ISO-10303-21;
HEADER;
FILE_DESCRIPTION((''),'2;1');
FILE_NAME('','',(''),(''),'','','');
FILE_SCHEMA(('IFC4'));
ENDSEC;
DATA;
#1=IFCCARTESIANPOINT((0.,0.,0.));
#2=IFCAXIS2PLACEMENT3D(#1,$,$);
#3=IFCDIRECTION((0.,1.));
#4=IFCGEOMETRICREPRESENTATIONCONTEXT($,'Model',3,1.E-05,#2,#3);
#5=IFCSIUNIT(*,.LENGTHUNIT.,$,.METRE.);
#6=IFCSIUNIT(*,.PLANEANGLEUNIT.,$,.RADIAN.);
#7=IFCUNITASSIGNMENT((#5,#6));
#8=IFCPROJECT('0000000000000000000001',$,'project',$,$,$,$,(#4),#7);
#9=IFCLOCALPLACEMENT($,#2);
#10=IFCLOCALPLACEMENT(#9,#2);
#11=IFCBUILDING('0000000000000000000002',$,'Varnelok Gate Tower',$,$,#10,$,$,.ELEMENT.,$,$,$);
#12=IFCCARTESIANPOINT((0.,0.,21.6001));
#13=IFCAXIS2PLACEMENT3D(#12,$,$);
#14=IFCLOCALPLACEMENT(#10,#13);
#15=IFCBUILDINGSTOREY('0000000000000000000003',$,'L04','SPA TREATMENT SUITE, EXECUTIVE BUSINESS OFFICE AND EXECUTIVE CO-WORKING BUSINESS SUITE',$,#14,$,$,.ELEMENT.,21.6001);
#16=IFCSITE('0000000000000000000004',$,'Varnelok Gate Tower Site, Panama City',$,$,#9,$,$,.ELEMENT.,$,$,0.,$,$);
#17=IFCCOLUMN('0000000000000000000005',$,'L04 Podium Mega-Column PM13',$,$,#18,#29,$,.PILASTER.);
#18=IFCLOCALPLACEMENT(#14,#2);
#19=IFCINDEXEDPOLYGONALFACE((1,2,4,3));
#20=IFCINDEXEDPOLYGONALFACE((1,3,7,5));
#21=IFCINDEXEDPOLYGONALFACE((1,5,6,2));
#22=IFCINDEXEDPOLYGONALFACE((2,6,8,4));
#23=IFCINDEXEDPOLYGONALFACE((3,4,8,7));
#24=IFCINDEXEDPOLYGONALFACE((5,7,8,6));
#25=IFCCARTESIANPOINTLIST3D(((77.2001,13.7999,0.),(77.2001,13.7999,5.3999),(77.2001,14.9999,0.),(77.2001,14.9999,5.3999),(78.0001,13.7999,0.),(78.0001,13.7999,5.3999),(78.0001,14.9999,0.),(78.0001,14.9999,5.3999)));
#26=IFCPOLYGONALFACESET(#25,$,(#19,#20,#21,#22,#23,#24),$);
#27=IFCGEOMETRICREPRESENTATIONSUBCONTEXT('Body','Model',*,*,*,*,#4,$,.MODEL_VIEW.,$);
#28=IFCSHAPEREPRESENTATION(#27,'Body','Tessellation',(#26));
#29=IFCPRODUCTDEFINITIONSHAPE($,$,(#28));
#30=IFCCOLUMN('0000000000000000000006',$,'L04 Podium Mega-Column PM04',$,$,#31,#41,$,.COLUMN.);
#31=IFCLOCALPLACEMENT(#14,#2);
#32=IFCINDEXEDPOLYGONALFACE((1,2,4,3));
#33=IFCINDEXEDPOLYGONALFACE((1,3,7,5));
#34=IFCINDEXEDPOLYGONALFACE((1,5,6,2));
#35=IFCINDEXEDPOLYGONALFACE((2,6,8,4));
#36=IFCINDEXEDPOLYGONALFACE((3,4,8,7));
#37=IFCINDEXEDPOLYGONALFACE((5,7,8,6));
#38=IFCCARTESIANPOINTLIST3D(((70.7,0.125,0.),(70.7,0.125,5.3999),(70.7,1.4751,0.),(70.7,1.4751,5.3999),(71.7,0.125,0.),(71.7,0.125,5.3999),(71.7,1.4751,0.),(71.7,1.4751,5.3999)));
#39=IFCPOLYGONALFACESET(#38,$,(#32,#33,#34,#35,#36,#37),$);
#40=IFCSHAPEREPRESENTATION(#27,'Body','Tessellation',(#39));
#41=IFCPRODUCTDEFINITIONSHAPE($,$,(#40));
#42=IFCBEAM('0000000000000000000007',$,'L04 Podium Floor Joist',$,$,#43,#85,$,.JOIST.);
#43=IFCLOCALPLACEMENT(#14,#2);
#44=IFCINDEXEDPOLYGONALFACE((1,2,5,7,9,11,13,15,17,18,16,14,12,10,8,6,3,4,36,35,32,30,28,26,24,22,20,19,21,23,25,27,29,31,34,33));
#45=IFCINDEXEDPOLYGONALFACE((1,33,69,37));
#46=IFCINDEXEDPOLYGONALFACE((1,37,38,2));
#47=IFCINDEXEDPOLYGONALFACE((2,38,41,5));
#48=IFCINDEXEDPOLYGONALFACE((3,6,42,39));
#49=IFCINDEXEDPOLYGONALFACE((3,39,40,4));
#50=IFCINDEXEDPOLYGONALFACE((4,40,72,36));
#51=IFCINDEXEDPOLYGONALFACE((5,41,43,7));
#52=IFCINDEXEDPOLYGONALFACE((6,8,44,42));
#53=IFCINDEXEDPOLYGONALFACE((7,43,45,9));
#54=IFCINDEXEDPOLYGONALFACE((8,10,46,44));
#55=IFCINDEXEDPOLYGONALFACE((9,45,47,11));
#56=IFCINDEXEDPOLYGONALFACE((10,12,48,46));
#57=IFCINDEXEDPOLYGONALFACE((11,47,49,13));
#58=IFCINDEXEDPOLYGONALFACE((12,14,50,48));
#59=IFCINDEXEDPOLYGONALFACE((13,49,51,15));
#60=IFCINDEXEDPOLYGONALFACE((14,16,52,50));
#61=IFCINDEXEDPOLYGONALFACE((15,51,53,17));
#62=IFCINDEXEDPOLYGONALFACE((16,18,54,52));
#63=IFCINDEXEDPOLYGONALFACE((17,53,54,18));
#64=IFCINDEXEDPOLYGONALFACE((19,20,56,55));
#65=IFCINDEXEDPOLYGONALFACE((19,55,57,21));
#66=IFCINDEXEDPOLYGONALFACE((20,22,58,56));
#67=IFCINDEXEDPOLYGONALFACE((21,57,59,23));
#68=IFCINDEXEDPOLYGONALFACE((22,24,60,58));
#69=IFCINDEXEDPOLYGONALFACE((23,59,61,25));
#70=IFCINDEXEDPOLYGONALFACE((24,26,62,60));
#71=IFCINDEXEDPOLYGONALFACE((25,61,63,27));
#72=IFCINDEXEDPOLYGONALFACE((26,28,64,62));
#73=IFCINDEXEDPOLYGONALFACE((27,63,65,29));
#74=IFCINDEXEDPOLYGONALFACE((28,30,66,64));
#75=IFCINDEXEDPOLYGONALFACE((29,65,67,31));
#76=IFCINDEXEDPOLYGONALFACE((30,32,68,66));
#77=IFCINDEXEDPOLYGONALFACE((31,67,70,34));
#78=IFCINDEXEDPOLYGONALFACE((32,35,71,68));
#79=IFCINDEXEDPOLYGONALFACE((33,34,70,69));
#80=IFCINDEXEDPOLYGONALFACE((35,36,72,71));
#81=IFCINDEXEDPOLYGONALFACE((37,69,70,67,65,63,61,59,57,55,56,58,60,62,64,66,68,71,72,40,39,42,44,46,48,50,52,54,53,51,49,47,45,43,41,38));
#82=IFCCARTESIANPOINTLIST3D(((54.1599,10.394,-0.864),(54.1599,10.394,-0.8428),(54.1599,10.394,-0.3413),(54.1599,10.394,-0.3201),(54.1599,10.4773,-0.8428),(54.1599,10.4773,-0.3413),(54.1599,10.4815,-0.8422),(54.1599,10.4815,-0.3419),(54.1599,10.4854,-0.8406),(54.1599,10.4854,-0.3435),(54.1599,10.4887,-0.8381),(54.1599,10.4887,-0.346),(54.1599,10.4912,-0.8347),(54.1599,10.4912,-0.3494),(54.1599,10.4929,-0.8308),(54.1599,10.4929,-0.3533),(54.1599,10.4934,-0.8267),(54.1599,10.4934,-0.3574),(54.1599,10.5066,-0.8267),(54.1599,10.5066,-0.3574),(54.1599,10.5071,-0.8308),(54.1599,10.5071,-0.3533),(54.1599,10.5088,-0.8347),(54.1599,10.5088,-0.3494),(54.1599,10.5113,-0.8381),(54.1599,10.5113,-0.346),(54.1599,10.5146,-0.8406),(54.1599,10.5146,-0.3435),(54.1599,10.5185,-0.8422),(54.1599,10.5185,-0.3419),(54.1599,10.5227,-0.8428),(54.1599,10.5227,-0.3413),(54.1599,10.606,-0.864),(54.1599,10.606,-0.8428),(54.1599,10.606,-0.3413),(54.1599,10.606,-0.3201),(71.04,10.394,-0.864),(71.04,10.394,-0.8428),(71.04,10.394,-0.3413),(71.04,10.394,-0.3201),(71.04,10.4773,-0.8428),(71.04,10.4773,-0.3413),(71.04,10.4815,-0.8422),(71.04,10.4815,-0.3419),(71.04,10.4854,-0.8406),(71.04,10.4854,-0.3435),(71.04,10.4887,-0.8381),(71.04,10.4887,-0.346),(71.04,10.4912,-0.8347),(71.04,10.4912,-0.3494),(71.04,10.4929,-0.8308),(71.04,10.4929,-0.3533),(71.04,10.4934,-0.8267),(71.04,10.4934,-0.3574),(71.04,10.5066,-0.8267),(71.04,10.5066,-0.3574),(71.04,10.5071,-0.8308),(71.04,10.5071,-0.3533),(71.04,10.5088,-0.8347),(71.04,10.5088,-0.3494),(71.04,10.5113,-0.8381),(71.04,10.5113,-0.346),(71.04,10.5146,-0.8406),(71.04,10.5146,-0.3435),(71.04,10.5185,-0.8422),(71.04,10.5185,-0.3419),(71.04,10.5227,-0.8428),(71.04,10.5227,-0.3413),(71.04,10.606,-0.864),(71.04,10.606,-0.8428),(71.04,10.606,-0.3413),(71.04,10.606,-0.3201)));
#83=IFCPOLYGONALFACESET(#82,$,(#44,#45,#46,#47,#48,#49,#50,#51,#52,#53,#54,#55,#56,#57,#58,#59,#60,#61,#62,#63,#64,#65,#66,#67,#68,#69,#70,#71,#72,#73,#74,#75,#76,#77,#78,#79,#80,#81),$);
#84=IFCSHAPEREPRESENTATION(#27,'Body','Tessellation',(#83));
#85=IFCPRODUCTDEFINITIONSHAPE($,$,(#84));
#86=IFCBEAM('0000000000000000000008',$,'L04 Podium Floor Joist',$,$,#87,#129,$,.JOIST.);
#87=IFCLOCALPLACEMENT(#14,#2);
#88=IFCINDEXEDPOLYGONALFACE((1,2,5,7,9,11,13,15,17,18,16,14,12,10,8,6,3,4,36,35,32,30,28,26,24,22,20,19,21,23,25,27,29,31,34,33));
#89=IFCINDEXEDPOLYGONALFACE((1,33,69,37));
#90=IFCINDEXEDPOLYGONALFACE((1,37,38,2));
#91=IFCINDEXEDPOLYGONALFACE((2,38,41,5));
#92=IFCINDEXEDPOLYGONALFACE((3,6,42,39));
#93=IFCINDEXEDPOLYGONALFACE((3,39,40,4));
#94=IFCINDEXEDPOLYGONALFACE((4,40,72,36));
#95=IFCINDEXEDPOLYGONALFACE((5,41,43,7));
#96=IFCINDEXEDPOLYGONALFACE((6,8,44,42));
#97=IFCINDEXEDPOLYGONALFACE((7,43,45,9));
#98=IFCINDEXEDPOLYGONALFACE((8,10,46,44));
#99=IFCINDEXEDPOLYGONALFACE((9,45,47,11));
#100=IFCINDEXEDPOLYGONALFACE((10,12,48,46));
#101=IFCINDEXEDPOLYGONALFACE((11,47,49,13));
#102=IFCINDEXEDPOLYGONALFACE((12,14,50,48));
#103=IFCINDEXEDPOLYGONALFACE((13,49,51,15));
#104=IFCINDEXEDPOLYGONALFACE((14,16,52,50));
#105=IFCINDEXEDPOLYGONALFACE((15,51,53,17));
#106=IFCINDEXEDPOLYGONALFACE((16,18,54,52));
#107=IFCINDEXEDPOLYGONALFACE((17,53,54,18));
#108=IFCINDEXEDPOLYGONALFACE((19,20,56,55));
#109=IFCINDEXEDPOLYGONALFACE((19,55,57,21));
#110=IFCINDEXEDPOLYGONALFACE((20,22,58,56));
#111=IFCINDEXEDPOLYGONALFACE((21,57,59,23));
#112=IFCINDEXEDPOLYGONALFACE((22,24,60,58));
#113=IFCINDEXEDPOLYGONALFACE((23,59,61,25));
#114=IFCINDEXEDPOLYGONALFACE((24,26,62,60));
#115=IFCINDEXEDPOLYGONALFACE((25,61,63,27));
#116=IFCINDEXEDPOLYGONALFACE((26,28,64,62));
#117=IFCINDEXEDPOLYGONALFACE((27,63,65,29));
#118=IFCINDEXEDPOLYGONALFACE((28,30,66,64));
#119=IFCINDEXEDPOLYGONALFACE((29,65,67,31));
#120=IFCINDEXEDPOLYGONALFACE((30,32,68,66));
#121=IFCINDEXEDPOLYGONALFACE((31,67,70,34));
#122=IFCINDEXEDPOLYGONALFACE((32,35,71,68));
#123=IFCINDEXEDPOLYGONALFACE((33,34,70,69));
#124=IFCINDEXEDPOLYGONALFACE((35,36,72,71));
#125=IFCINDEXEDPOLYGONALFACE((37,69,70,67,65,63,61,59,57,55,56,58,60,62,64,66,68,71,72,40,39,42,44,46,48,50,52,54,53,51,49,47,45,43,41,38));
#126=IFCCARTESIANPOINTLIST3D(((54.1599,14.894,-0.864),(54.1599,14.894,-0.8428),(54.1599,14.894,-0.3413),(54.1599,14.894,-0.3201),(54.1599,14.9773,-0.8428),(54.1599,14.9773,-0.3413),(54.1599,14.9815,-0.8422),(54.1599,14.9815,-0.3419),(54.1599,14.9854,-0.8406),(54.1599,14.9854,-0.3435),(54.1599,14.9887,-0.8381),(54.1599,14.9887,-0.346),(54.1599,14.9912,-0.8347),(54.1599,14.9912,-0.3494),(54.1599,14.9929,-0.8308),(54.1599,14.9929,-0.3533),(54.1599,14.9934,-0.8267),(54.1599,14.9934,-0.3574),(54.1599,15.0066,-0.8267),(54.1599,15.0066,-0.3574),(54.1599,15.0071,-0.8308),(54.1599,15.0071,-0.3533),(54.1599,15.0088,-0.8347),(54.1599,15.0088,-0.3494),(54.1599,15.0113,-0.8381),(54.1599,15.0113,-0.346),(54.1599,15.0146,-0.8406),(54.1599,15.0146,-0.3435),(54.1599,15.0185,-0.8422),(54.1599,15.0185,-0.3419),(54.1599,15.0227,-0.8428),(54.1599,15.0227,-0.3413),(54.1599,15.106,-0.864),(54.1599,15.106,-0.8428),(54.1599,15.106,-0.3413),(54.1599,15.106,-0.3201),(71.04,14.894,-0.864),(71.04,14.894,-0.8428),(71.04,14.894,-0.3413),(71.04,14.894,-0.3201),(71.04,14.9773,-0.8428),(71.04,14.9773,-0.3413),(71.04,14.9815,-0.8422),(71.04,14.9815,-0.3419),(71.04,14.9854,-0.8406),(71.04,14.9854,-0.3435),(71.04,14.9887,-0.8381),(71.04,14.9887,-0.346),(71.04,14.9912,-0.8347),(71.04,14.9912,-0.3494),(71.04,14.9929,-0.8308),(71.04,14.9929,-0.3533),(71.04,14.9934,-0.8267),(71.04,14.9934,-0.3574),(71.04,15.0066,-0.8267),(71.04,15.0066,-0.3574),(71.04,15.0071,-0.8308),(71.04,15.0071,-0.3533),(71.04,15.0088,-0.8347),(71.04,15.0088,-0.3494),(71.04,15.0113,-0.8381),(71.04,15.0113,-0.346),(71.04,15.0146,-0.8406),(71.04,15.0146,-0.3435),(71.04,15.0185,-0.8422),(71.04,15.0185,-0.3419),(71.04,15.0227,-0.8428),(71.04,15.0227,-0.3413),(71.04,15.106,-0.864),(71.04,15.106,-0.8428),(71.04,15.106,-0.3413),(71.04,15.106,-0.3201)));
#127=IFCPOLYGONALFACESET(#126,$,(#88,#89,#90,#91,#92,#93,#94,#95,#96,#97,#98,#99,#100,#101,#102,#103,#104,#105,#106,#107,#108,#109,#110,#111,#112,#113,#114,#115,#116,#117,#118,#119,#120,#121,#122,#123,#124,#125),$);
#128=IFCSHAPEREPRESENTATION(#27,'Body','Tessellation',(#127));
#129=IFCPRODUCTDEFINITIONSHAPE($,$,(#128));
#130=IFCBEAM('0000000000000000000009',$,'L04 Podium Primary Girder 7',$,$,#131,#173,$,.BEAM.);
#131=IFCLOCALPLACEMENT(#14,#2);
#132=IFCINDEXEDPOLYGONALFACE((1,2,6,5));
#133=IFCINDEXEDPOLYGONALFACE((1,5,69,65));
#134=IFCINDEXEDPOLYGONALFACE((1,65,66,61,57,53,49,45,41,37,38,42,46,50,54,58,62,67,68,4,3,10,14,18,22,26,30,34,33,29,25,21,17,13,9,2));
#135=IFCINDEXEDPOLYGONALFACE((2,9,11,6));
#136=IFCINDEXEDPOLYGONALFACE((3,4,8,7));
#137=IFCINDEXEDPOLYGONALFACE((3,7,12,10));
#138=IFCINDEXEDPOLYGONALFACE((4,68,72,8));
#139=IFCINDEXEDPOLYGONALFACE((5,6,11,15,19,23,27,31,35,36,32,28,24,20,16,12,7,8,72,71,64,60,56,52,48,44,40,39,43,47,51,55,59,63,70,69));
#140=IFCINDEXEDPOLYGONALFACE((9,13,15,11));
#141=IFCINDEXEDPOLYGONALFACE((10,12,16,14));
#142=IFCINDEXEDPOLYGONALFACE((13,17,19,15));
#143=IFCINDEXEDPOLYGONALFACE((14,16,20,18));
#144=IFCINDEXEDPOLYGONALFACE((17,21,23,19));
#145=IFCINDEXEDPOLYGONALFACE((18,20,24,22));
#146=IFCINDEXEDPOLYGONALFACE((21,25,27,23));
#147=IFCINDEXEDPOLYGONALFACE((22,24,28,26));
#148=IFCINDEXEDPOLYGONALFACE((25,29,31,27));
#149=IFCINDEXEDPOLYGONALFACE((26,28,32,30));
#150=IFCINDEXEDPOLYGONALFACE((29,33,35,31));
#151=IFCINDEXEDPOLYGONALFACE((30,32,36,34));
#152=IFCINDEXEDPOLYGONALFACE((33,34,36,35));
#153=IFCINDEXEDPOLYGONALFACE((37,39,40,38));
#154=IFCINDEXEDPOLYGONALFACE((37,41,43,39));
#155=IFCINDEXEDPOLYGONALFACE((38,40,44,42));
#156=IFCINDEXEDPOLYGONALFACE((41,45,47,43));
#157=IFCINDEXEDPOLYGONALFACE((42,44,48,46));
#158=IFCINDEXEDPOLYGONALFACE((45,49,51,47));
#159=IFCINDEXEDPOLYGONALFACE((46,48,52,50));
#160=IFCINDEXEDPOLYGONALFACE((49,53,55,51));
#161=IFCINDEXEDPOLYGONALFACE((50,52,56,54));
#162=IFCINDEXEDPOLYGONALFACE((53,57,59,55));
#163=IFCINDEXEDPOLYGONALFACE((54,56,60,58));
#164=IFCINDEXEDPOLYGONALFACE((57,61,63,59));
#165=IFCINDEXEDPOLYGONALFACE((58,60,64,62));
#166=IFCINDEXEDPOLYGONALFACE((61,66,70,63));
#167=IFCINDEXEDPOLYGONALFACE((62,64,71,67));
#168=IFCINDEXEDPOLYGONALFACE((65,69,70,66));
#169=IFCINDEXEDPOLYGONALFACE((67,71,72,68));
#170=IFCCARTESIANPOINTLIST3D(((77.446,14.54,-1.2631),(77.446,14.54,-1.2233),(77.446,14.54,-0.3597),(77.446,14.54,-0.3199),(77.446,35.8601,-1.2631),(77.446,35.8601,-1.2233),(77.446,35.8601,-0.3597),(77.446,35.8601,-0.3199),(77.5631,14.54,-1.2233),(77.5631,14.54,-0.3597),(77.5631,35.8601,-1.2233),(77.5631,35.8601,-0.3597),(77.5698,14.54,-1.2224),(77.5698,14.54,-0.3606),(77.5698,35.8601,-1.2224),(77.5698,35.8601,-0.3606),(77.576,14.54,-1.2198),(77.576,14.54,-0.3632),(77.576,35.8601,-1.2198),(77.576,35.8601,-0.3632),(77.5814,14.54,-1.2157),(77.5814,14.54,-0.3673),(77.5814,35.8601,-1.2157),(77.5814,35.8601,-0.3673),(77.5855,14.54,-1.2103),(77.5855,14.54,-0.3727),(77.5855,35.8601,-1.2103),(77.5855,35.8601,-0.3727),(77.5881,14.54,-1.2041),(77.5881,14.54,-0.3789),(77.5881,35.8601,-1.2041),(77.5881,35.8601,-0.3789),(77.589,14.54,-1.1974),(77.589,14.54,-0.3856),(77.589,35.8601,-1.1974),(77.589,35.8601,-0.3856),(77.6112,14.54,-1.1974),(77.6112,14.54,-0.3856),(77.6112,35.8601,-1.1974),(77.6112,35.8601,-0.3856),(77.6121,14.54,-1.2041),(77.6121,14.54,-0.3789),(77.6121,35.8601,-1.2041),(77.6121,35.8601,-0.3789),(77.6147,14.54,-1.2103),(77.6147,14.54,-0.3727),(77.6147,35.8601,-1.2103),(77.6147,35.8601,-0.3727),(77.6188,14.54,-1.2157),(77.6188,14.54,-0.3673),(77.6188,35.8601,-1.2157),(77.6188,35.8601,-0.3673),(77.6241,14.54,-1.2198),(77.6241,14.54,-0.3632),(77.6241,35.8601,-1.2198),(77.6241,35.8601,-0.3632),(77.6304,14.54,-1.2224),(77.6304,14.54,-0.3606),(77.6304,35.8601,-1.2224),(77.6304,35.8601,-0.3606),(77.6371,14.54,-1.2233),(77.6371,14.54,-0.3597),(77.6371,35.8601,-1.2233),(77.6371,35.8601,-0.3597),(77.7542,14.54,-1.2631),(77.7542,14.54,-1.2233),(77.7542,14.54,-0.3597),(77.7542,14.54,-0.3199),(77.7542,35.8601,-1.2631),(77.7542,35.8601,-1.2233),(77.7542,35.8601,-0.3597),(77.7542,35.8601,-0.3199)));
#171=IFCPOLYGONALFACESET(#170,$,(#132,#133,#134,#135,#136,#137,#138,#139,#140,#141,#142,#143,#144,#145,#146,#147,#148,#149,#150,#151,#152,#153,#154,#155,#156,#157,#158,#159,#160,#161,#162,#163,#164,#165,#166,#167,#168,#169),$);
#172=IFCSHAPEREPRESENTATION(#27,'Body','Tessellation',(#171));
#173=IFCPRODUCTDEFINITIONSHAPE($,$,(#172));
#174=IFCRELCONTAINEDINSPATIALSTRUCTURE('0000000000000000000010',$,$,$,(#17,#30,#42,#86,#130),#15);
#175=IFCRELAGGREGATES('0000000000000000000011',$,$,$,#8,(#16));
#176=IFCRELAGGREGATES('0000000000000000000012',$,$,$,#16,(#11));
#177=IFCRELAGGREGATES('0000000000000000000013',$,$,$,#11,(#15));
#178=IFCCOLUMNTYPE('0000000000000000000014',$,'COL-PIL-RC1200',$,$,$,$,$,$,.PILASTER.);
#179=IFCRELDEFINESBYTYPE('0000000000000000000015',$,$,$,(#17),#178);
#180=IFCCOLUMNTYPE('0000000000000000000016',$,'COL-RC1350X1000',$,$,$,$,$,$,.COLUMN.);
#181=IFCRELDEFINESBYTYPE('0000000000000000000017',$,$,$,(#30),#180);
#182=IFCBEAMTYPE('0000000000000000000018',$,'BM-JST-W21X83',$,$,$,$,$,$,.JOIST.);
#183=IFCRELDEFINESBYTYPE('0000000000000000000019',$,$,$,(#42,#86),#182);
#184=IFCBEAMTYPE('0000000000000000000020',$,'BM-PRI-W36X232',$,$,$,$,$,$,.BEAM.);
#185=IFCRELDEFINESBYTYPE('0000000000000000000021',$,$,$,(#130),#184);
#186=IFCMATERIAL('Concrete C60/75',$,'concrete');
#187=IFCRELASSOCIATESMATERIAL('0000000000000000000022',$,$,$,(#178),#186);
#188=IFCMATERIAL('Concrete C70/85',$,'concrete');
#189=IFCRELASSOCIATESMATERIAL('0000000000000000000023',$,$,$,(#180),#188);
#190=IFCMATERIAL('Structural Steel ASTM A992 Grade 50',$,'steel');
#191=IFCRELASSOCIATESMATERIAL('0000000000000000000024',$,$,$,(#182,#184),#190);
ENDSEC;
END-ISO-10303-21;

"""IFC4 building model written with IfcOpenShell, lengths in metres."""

from ifc_helpers import new_model, si_unit, direction, frame, origin, origin_2d, place, context, subcontext, project, spatial, rectangle, i_section, extrude, material, material_profile, profile_set, type_object, element, save


model = new_model("IFC4")

# Units and contexts
model_context = context("Model", 3, precision=1e-05, world=origin(), true_north=direction((0.0, 1.0)))
body_context = subcontext(model_context, "Body", "Model", "MODEL_VIEW")
ifc_project = project(units=[si_unit("LENGTHUNIT", "METRE"), si_unit("PLANEANGLEUNIT", "RADIAN")], contexts=[model_context])

# Site, building, storey
site_placement = place(None, origin())
site = spatial("IfcSite", under=ifc_project, at=site_placement, Name="Varnelok Gate Tower Site, Panama City", CompositionType="ELEMENT", RefElevation=0.0)
building_placement = place(site_placement, origin())
building = spatial("IfcBuilding", under=site, at=building_placement, Name="Varnelok Gate Tower", CompositionType="ELEMENT")
storey_placement = place(building_placement, frame((0.0, 0.0, 21.6001)))
storey = spatial("IfcBuildingStorey", under=building, at=storey_placement, Name="L04", Description="SPA TREATMENT SUITE, EXECUTIVE BUSINESS OFFICE AND EXECUTIVE CO-WORKING BUSINESS SUITE", CompositionType="ELEMENT", Elevation=21.6001)

# Columns
ifc_material_1 = material(Name="Concrete C60/75", Category="concrete")
ifc_material_profile_1 = material_profile(ifc_material_1, rectangle(XDim=0.8, YDim=1.2, at=origin_2d()), Name="RC1200X800")
ifc_profile_set_1 = profile_set([ifc_material_profile_1], Name="Concrete C60/75")
column_type_1 = type_object("IfcColumnType", Name="COL-PIL-RC1200", PredefinedType="PILASTER", material=ifc_profile_set_1)
column_1_placement = place(storey_placement, frame((77.6001, 14.3999, 0.0), z_axis=(0.0, 0.0, 1.0), x_axis=(1.0, 0.0, 0.0)))
element("IfcColumn", 1, at=column_1_placement, inside=storey, type_object=column_type_1, Name="L04 Podium Mega-Column PM13", PredefinedType="PILASTER", context=body_context, shape_type="SweptSolid", body=[
    extrude(rectangle(XDim=0.8, YDim=1.2, at=origin_2d()), origin(), (0.0, 0.0, 1.0), 5.3999),
])
ifc_material_2 = material(Name="Concrete C70/85", Category="concrete")
ifc_material_profile_2 = material_profile(ifc_material_2, rectangle(XDim=1.0, YDim=1.3501, at=origin_2d()), Name="RC1350X1000")
ifc_profile_set_2 = profile_set([ifc_material_profile_2], Name="Concrete C70/85")
column_type_2 = type_object("IfcColumnType", Name="COL-RC1350X1000", PredefinedType="COLUMN", material=ifc_profile_set_2)
column_2_placement = place(storey_placement, frame((71.2, 0.8, 0.0), z_axis=(0.0, 0.0, 1.0), x_axis=(1.0, 0.0, 0.0)))
element("IfcColumn", 2, at=column_2_placement, inside=storey, type_object=column_type_2, Name="L04 Podium Mega-Column PM04", PredefinedType="COLUMN", context=body_context, shape_type="SweptSolid", body=[
    extrude(rectangle(XDim=1.0, YDim=1.3501, at=origin_2d()), origin(), (0.0, 0.0, 1.0), 5.3999),
])

# Beams
ifc_material_3 = material(Name="Structural Steel ASTM A992 Grade 50", Category="steel")
ifc_material_profile_3 = material_profile(ifc_material_3, i_section(OverallWidth=0.2119, OverallDepth=0.5439, WebThickness=0.0132, FlangeThickness=0.0212, FilletRadius=0.0161, at=origin_2d()), Name="W21X83")
ifc_profile_set_3 = profile_set([ifc_material_profile_3], Name="Structural Steel ASTM A992 Grade 50")
beam_type_1 = type_object("IfcBeamType", Name="BM-JST-W21X83", PredefinedType="JOIST", material=ifc_profile_set_3)
for number, where, z_axis, x_axis, name in (
    (3, (54.1599, 10.5, -0.592), (1.0, 0.0, 0.0), (0.0, 1.0, 0.0), "L04 Podium Floor Joist"),
    (4, (54.1599, 15.0, -0.592), (1.0, 0.0, 0.0), (0.0, 1.0, 0.0), "L04 Podium Floor Joist"),
):
    element("IfcBeam", number, at=place(storey_placement, frame(where, z_axis=z_axis, x_axis=x_axis)), inside=storey, type_object=beam_type_1, Name=name, PredefinedType="JOIST", context=body_context, shape_type="SweptSolid", body=[
        extrude(i_section(OverallWidth=0.2119, OverallDepth=0.5439, WebThickness=0.0132, FlangeThickness=0.0212, FilletRadius=0.0161, at=origin_2d()), origin(), (0.0, 0.0, 1.0), 16.8801),
    ])
ifc_material_profile_4 = material_profile(ifc_material_3, i_section(OverallWidth=0.3081, OverallDepth=0.9431, WebThickness=0.0222, FlangeThickness=0.0398, FilletRadius=0.0259, at=origin_2d()), Name="W36X232")
ifc_profile_set_4 = profile_set([ifc_material_profile_4], Name="Structural Steel ASTM A992 Grade 50")
beam_type_2 = type_object("IfcBeamType", Name="BM-PRI-W36X232", PredefinedType="BEAM", material=ifc_profile_set_4)
beam_1_placement = place(storey_placement, frame((77.6001, 14.54, -0.7915), z_axis=(0.0, 1.0, 0.0), x_axis=(-1.0, 0.0, 0.0)))
element("IfcBeam", 5, at=beam_1_placement, inside=storey, type_object=beam_type_2, Name="L04 Podium Primary Girder 7", PredefinedType="BEAM", context=body_context, shape_type="SweptSolid", body=[
    extrude(i_section(OverallWidth=0.3081, OverallDepth=0.9431, WebThickness=0.0222, FlangeThickness=0.0398, FilletRadius=0.0259, at=origin_2d()), origin(), (0.0, 0.0, 1.0), 21.3201),
])

save(model, "model.ifc")
